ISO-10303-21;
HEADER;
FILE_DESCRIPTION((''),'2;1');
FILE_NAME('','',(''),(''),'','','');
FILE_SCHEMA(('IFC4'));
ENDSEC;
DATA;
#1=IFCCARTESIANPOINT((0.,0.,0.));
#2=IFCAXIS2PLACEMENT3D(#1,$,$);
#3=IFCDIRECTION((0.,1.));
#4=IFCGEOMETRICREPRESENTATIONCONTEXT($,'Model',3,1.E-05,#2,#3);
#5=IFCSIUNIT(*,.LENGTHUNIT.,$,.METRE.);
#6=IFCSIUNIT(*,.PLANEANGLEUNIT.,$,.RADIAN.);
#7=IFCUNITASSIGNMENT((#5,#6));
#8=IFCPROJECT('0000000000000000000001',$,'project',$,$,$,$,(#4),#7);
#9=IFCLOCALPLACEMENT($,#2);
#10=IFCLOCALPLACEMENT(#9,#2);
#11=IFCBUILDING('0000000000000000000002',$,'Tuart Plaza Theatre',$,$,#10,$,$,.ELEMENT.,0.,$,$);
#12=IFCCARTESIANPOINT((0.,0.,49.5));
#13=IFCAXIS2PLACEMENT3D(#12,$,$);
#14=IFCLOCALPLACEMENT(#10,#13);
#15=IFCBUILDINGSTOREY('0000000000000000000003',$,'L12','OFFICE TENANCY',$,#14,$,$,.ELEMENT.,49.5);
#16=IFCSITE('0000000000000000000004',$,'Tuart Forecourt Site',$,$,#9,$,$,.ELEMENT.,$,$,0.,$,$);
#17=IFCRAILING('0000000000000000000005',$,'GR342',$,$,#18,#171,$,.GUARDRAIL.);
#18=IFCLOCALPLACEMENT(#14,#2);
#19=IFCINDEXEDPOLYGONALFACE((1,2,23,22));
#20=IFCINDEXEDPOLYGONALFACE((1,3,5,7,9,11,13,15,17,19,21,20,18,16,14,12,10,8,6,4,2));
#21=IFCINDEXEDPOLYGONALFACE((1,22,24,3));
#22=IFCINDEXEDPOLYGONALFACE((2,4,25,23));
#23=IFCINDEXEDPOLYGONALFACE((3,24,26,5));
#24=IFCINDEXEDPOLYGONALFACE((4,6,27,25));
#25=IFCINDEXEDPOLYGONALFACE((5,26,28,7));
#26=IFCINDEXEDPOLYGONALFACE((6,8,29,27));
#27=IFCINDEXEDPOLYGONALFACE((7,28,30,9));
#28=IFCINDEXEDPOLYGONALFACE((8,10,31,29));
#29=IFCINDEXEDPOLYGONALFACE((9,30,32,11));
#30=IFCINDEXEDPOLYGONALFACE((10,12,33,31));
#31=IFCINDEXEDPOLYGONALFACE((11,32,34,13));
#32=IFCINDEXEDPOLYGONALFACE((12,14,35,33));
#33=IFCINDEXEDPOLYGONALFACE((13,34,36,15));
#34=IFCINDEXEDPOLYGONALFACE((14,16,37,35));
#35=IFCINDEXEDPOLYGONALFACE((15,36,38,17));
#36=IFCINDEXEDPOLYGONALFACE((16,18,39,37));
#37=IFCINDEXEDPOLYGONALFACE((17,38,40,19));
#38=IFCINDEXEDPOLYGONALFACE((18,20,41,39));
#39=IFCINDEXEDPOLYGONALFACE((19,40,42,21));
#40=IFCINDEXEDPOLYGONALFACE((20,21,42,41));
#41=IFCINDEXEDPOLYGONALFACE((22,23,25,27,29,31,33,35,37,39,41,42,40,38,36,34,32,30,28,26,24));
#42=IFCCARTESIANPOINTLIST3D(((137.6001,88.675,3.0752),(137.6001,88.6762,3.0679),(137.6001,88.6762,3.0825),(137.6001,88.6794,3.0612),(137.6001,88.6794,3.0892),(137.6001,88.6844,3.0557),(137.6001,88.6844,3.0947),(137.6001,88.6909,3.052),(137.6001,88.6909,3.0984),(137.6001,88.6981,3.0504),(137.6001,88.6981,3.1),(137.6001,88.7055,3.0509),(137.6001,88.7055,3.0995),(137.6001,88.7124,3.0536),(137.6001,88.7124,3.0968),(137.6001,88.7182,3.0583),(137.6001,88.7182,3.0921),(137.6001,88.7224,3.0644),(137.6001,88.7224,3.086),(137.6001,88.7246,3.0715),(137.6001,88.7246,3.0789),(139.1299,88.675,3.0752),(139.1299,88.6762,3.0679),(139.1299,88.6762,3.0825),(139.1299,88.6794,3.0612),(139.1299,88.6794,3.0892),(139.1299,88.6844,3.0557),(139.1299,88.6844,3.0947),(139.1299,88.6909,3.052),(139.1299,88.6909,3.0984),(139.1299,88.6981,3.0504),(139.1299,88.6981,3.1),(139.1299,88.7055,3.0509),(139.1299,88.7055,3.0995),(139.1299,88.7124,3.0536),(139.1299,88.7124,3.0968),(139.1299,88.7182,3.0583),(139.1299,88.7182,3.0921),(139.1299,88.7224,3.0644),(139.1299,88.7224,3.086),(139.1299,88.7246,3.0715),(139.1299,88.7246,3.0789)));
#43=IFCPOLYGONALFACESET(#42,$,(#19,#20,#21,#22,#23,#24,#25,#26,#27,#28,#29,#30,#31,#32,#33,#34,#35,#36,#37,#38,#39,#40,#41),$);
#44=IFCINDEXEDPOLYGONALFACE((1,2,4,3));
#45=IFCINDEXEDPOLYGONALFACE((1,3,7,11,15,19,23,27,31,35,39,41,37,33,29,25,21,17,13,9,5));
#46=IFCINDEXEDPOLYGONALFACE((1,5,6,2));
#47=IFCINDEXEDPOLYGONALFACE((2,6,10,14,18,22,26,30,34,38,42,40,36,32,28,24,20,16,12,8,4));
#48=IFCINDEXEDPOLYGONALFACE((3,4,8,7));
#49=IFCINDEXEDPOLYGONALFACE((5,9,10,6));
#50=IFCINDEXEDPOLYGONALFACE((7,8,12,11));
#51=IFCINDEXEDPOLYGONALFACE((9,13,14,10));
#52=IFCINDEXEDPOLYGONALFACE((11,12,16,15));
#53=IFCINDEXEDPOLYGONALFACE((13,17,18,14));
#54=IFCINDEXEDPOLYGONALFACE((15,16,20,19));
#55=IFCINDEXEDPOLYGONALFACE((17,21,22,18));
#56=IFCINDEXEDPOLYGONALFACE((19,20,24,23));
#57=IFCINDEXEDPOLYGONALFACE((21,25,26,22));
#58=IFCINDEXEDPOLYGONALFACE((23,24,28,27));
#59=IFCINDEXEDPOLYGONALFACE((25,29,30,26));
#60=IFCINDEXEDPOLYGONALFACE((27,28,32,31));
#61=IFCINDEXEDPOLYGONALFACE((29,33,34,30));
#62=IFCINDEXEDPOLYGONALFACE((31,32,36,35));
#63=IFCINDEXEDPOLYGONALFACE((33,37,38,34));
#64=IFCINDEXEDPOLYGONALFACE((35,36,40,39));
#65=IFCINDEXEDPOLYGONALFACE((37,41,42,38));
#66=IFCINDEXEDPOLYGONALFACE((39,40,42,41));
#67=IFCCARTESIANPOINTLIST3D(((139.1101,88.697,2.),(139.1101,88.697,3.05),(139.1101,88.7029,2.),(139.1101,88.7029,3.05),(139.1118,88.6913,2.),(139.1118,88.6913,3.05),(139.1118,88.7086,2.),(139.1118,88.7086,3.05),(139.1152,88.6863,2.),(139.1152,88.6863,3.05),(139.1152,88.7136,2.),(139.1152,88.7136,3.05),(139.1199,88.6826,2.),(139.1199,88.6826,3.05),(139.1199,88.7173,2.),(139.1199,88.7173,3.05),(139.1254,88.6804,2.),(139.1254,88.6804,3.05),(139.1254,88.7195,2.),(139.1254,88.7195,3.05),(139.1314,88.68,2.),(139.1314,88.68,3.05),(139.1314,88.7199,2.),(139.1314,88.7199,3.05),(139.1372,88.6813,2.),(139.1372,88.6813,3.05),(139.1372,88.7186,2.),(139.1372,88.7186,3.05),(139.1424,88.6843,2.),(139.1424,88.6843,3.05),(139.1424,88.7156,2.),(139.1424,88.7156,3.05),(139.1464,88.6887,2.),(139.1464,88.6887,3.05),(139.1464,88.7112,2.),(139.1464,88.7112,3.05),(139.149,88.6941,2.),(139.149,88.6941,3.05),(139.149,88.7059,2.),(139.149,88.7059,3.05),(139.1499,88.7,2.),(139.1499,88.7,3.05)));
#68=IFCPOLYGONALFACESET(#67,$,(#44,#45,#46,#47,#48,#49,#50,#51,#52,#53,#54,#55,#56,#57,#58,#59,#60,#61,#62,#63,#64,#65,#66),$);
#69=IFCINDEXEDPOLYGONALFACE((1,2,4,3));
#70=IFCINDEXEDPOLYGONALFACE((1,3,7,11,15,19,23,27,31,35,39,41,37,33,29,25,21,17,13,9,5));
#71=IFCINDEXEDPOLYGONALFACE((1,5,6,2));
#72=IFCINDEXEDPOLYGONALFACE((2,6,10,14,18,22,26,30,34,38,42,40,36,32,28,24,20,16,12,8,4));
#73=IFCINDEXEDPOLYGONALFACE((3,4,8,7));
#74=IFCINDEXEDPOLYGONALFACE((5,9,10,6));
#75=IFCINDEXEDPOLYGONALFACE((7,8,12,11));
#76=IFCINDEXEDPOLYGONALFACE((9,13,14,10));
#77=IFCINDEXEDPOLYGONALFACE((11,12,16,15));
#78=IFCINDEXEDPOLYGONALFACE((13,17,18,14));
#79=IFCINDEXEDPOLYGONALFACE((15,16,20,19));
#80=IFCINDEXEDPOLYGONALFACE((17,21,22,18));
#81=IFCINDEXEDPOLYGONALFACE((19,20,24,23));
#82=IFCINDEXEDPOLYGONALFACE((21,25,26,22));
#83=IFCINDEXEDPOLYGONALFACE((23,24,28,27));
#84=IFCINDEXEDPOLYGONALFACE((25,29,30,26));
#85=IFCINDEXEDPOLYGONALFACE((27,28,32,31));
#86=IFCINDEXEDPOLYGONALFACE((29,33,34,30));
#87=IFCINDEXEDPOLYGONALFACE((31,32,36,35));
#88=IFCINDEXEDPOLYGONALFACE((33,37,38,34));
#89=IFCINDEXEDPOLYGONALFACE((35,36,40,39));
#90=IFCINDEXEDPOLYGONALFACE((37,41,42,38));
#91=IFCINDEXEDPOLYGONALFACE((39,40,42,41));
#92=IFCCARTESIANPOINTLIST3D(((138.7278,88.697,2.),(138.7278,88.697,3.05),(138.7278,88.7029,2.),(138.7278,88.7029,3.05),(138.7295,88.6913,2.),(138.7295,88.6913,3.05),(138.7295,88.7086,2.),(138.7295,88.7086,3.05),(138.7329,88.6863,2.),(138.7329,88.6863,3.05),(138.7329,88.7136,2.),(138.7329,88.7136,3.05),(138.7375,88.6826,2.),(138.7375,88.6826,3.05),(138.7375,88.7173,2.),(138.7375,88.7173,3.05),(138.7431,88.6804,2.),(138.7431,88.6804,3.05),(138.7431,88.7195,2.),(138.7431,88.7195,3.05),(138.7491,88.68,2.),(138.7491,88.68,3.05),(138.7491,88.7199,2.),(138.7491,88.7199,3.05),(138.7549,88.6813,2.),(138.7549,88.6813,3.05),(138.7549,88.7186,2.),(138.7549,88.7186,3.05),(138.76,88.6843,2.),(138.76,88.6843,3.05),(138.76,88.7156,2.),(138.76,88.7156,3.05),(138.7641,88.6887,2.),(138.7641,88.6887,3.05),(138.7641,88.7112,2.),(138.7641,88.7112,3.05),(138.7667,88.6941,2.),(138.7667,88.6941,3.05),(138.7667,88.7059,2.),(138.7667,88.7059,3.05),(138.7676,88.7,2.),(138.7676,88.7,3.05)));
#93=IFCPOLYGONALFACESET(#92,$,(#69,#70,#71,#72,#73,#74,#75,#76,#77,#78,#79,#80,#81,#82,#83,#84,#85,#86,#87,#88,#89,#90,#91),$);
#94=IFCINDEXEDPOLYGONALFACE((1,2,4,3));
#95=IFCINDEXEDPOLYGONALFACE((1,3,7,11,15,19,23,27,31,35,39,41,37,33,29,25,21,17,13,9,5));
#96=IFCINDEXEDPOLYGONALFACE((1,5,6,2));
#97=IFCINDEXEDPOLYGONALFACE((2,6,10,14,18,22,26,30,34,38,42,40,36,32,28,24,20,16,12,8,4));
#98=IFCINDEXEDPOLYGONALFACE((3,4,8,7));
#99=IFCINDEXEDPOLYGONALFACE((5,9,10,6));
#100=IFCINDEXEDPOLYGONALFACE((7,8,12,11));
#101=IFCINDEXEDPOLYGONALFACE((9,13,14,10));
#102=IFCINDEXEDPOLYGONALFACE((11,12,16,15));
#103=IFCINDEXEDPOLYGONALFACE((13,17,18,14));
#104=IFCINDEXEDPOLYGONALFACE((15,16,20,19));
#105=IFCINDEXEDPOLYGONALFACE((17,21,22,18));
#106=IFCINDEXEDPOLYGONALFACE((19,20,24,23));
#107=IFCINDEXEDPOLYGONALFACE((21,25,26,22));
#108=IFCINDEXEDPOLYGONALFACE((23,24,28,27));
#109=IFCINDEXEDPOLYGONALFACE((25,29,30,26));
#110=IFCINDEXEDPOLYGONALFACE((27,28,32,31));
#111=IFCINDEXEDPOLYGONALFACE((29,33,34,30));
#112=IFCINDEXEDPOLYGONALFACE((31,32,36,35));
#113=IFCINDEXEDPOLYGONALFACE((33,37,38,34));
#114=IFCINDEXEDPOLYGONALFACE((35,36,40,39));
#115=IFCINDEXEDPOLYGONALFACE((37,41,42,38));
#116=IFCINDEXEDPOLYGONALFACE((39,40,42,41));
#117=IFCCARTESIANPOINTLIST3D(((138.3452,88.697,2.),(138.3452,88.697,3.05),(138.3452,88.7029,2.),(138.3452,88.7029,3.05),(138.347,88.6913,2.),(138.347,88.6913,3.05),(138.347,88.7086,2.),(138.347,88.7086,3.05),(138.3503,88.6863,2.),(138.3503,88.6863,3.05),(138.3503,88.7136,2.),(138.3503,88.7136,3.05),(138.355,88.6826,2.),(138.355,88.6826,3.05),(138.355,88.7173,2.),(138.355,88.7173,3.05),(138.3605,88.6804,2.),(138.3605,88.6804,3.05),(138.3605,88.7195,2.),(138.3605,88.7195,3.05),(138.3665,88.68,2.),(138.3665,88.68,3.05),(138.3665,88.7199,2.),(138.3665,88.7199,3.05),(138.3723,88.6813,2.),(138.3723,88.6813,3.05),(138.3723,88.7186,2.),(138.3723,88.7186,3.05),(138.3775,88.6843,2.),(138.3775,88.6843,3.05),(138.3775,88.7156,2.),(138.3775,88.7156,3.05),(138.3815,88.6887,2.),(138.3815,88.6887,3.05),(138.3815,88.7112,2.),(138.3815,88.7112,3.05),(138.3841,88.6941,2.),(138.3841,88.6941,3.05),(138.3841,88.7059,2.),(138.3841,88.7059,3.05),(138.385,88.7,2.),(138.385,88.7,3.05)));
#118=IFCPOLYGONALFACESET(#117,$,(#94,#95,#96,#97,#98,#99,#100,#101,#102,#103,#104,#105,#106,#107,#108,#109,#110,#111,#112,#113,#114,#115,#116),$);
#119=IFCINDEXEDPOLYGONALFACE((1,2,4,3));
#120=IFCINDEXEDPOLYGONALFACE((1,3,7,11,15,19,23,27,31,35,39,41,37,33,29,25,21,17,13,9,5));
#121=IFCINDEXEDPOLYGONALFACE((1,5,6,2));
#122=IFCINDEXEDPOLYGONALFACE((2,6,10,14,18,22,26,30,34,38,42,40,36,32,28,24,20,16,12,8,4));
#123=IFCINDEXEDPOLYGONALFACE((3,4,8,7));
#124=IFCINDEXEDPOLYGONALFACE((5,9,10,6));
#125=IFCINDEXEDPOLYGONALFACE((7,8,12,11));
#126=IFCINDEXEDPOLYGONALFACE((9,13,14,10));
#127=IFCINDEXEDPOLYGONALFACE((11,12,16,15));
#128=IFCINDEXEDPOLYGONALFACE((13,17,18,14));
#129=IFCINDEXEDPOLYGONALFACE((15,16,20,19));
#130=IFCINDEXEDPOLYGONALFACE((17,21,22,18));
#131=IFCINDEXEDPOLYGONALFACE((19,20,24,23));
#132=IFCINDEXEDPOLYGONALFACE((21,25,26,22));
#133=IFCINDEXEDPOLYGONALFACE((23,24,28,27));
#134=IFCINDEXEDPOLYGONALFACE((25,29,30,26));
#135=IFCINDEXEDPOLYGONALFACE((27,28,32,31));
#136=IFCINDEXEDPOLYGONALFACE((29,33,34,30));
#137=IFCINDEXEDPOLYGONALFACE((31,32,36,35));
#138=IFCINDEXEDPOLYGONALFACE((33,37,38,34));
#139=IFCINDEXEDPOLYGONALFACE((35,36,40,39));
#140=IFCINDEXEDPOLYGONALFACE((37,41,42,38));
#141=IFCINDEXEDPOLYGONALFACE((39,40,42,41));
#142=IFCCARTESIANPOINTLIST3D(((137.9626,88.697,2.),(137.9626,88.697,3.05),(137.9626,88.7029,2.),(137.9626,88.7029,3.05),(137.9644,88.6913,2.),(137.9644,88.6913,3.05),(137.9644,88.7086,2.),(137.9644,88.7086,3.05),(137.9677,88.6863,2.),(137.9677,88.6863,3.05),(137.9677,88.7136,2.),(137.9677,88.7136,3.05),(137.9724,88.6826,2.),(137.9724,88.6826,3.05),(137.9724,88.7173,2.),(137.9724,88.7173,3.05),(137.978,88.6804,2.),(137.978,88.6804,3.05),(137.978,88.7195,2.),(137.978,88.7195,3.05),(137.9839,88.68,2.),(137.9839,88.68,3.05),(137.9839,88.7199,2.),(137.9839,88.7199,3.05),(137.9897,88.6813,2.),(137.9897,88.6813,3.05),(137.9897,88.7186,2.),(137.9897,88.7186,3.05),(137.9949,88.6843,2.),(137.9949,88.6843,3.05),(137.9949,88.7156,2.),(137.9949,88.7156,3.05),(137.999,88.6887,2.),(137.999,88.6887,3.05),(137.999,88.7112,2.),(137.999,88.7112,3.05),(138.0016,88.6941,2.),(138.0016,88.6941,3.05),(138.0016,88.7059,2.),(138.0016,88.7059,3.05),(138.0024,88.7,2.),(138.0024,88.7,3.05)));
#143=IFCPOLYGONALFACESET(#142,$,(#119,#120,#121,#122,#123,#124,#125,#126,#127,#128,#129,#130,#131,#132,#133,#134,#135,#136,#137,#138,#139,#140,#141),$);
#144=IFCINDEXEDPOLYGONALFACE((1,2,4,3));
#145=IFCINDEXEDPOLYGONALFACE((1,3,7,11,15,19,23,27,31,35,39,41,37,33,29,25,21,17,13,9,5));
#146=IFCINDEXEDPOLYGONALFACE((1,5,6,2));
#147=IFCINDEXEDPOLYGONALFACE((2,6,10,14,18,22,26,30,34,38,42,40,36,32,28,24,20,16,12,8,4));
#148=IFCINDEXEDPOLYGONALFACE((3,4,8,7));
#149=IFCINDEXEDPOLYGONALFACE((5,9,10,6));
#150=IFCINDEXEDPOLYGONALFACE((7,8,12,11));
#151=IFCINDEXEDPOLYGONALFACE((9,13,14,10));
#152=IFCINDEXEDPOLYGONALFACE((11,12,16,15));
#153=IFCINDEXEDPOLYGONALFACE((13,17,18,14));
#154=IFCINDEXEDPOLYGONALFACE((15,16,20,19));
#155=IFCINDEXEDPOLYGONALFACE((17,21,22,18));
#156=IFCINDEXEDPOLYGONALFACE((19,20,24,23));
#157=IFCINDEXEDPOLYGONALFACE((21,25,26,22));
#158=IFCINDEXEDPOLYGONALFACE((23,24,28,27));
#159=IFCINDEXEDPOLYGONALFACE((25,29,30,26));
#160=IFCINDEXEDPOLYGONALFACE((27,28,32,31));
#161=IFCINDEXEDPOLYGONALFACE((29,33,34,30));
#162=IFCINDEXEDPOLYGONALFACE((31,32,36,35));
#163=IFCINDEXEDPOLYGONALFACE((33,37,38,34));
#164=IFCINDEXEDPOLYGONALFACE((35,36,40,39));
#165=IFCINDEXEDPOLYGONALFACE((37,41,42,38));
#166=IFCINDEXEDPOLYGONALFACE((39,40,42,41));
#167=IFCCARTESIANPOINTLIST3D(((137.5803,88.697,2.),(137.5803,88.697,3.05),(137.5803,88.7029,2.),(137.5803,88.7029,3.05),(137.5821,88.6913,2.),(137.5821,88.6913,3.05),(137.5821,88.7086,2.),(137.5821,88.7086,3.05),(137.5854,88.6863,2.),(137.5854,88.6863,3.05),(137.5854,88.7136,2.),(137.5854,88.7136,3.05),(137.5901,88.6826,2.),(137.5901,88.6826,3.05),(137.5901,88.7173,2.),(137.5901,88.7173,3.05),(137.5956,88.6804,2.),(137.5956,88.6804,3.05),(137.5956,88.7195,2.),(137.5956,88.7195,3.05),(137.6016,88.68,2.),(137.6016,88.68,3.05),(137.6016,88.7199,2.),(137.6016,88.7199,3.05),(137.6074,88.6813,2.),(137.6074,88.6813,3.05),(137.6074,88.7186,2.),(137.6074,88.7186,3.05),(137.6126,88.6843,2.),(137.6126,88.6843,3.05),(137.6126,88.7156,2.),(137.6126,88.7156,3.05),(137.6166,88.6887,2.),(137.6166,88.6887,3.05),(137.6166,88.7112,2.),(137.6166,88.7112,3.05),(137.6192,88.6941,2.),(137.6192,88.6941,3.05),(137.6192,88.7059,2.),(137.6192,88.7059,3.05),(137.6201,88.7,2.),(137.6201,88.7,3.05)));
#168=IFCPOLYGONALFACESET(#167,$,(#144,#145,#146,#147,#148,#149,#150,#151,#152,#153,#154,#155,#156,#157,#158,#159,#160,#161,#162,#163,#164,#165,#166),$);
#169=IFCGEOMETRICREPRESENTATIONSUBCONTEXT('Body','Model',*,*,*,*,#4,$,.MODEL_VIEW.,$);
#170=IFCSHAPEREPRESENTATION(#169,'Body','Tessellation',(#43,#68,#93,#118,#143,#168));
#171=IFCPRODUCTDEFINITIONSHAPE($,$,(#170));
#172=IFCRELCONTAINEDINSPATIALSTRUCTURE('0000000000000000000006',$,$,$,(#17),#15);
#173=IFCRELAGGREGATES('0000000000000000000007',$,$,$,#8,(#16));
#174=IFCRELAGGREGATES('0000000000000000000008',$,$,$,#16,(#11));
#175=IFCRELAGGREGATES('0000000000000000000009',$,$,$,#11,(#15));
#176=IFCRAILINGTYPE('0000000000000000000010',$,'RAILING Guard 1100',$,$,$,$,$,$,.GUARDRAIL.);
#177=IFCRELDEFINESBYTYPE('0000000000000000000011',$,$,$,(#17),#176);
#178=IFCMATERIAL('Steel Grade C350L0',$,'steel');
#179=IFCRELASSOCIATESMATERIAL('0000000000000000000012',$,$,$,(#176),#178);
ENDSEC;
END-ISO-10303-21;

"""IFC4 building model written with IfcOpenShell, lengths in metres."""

from ifc_helpers import new_model, si_unit, direction, frame, origin, origin_2d, place, context, subcontext, project, spatial, circle, extrude, material, type_object, element, save


model = new_model("IFC4")

# Units and contexts
model_context = context("Model", 3, precision=1e-05, world=origin(), true_north=direction((0.0, 1.0)))
body_context = subcontext(model_context, "Body", "Model", "MODEL_VIEW")
ifc_project = project(units=[si_unit("LENGTHUNIT", "METRE"), si_unit("PLANEANGLEUNIT", "RADIAN")], contexts=[model_context])

# Site, building, storey
site_placement = place(None, origin())
site = spatial("IfcSite", under=ifc_project, at=site_placement, Name="Tuart Forecourt Site", CompositionType="ELEMENT", RefElevation=0.0)
building_placement = place(site_placement, origin())
building = spatial("IfcBuilding", under=site, at=building_placement, Name="Tuart Plaza Theatre", CompositionType="ELEMENT", ElevationOfRefHeight=0.0)
storey_placement = place(building_placement, frame((0.0, 0.0, 49.5)))
storey = spatial("IfcBuildingStorey", under=building, at=storey_placement, Name="L12", Description="OFFICE TENANCY", CompositionType="ELEMENT", Elevation=49.5)

# Railing
ifc_material_1 = material(Name="Steel Grade C350L0", Category="steel")
railing_type_1 = type_object("IfcRailingType", Name="RAILING Guard 1100", PredefinedType="GUARDRAIL", material=ifc_material_1)
railing_1_placement = place(storey_placement, frame((139.1299, 88.7, 2.0)))
element("IfcRailing", 1, at=railing_1_placement, inside=storey, type_object=railing_type_1, Name="GR342", PredefinedType="GUARDRAIL", context=body_context, shape_type="SweptSolid", body=[
    extrude(circle(Radius=0.0249, at=origin_2d()), frame((0.0, 0.0, 1.0752), z_axis=(-1.0, 0.0, 0.0), x_axis=(0.0, -1.0, 0.0)), (0.0, 0.0, 1.0), 1.5298),
    extrude(circle(Radius=0.02, at=origin_2d()), origin(), (0.0, 0.0, 1.0), 1.05),
    extrude(circle(Radius=0.02, at=origin_2d()), frame((-0.3823, 0.0, 0.0)), (0.0, 0.0, 1.0), 1.05),
    extrude(circle(Radius=0.02, at=origin_2d()), frame((-0.7649, 0.0, 0.0)), (0.0, 0.0, 1.0), 1.05),
    extrude(circle(Radius=0.02, at=origin_2d()), frame((-1.1475, 0.0, 0.0)), (0.0, 0.0, 1.0), 1.05),
    extrude(circle(Radius=0.02, at=origin_2d()), frame((-1.5298, 0.0, 0.0)), (0.0, 0.0, 1.0), 1.05),
])

save(model, "model.ifc")
